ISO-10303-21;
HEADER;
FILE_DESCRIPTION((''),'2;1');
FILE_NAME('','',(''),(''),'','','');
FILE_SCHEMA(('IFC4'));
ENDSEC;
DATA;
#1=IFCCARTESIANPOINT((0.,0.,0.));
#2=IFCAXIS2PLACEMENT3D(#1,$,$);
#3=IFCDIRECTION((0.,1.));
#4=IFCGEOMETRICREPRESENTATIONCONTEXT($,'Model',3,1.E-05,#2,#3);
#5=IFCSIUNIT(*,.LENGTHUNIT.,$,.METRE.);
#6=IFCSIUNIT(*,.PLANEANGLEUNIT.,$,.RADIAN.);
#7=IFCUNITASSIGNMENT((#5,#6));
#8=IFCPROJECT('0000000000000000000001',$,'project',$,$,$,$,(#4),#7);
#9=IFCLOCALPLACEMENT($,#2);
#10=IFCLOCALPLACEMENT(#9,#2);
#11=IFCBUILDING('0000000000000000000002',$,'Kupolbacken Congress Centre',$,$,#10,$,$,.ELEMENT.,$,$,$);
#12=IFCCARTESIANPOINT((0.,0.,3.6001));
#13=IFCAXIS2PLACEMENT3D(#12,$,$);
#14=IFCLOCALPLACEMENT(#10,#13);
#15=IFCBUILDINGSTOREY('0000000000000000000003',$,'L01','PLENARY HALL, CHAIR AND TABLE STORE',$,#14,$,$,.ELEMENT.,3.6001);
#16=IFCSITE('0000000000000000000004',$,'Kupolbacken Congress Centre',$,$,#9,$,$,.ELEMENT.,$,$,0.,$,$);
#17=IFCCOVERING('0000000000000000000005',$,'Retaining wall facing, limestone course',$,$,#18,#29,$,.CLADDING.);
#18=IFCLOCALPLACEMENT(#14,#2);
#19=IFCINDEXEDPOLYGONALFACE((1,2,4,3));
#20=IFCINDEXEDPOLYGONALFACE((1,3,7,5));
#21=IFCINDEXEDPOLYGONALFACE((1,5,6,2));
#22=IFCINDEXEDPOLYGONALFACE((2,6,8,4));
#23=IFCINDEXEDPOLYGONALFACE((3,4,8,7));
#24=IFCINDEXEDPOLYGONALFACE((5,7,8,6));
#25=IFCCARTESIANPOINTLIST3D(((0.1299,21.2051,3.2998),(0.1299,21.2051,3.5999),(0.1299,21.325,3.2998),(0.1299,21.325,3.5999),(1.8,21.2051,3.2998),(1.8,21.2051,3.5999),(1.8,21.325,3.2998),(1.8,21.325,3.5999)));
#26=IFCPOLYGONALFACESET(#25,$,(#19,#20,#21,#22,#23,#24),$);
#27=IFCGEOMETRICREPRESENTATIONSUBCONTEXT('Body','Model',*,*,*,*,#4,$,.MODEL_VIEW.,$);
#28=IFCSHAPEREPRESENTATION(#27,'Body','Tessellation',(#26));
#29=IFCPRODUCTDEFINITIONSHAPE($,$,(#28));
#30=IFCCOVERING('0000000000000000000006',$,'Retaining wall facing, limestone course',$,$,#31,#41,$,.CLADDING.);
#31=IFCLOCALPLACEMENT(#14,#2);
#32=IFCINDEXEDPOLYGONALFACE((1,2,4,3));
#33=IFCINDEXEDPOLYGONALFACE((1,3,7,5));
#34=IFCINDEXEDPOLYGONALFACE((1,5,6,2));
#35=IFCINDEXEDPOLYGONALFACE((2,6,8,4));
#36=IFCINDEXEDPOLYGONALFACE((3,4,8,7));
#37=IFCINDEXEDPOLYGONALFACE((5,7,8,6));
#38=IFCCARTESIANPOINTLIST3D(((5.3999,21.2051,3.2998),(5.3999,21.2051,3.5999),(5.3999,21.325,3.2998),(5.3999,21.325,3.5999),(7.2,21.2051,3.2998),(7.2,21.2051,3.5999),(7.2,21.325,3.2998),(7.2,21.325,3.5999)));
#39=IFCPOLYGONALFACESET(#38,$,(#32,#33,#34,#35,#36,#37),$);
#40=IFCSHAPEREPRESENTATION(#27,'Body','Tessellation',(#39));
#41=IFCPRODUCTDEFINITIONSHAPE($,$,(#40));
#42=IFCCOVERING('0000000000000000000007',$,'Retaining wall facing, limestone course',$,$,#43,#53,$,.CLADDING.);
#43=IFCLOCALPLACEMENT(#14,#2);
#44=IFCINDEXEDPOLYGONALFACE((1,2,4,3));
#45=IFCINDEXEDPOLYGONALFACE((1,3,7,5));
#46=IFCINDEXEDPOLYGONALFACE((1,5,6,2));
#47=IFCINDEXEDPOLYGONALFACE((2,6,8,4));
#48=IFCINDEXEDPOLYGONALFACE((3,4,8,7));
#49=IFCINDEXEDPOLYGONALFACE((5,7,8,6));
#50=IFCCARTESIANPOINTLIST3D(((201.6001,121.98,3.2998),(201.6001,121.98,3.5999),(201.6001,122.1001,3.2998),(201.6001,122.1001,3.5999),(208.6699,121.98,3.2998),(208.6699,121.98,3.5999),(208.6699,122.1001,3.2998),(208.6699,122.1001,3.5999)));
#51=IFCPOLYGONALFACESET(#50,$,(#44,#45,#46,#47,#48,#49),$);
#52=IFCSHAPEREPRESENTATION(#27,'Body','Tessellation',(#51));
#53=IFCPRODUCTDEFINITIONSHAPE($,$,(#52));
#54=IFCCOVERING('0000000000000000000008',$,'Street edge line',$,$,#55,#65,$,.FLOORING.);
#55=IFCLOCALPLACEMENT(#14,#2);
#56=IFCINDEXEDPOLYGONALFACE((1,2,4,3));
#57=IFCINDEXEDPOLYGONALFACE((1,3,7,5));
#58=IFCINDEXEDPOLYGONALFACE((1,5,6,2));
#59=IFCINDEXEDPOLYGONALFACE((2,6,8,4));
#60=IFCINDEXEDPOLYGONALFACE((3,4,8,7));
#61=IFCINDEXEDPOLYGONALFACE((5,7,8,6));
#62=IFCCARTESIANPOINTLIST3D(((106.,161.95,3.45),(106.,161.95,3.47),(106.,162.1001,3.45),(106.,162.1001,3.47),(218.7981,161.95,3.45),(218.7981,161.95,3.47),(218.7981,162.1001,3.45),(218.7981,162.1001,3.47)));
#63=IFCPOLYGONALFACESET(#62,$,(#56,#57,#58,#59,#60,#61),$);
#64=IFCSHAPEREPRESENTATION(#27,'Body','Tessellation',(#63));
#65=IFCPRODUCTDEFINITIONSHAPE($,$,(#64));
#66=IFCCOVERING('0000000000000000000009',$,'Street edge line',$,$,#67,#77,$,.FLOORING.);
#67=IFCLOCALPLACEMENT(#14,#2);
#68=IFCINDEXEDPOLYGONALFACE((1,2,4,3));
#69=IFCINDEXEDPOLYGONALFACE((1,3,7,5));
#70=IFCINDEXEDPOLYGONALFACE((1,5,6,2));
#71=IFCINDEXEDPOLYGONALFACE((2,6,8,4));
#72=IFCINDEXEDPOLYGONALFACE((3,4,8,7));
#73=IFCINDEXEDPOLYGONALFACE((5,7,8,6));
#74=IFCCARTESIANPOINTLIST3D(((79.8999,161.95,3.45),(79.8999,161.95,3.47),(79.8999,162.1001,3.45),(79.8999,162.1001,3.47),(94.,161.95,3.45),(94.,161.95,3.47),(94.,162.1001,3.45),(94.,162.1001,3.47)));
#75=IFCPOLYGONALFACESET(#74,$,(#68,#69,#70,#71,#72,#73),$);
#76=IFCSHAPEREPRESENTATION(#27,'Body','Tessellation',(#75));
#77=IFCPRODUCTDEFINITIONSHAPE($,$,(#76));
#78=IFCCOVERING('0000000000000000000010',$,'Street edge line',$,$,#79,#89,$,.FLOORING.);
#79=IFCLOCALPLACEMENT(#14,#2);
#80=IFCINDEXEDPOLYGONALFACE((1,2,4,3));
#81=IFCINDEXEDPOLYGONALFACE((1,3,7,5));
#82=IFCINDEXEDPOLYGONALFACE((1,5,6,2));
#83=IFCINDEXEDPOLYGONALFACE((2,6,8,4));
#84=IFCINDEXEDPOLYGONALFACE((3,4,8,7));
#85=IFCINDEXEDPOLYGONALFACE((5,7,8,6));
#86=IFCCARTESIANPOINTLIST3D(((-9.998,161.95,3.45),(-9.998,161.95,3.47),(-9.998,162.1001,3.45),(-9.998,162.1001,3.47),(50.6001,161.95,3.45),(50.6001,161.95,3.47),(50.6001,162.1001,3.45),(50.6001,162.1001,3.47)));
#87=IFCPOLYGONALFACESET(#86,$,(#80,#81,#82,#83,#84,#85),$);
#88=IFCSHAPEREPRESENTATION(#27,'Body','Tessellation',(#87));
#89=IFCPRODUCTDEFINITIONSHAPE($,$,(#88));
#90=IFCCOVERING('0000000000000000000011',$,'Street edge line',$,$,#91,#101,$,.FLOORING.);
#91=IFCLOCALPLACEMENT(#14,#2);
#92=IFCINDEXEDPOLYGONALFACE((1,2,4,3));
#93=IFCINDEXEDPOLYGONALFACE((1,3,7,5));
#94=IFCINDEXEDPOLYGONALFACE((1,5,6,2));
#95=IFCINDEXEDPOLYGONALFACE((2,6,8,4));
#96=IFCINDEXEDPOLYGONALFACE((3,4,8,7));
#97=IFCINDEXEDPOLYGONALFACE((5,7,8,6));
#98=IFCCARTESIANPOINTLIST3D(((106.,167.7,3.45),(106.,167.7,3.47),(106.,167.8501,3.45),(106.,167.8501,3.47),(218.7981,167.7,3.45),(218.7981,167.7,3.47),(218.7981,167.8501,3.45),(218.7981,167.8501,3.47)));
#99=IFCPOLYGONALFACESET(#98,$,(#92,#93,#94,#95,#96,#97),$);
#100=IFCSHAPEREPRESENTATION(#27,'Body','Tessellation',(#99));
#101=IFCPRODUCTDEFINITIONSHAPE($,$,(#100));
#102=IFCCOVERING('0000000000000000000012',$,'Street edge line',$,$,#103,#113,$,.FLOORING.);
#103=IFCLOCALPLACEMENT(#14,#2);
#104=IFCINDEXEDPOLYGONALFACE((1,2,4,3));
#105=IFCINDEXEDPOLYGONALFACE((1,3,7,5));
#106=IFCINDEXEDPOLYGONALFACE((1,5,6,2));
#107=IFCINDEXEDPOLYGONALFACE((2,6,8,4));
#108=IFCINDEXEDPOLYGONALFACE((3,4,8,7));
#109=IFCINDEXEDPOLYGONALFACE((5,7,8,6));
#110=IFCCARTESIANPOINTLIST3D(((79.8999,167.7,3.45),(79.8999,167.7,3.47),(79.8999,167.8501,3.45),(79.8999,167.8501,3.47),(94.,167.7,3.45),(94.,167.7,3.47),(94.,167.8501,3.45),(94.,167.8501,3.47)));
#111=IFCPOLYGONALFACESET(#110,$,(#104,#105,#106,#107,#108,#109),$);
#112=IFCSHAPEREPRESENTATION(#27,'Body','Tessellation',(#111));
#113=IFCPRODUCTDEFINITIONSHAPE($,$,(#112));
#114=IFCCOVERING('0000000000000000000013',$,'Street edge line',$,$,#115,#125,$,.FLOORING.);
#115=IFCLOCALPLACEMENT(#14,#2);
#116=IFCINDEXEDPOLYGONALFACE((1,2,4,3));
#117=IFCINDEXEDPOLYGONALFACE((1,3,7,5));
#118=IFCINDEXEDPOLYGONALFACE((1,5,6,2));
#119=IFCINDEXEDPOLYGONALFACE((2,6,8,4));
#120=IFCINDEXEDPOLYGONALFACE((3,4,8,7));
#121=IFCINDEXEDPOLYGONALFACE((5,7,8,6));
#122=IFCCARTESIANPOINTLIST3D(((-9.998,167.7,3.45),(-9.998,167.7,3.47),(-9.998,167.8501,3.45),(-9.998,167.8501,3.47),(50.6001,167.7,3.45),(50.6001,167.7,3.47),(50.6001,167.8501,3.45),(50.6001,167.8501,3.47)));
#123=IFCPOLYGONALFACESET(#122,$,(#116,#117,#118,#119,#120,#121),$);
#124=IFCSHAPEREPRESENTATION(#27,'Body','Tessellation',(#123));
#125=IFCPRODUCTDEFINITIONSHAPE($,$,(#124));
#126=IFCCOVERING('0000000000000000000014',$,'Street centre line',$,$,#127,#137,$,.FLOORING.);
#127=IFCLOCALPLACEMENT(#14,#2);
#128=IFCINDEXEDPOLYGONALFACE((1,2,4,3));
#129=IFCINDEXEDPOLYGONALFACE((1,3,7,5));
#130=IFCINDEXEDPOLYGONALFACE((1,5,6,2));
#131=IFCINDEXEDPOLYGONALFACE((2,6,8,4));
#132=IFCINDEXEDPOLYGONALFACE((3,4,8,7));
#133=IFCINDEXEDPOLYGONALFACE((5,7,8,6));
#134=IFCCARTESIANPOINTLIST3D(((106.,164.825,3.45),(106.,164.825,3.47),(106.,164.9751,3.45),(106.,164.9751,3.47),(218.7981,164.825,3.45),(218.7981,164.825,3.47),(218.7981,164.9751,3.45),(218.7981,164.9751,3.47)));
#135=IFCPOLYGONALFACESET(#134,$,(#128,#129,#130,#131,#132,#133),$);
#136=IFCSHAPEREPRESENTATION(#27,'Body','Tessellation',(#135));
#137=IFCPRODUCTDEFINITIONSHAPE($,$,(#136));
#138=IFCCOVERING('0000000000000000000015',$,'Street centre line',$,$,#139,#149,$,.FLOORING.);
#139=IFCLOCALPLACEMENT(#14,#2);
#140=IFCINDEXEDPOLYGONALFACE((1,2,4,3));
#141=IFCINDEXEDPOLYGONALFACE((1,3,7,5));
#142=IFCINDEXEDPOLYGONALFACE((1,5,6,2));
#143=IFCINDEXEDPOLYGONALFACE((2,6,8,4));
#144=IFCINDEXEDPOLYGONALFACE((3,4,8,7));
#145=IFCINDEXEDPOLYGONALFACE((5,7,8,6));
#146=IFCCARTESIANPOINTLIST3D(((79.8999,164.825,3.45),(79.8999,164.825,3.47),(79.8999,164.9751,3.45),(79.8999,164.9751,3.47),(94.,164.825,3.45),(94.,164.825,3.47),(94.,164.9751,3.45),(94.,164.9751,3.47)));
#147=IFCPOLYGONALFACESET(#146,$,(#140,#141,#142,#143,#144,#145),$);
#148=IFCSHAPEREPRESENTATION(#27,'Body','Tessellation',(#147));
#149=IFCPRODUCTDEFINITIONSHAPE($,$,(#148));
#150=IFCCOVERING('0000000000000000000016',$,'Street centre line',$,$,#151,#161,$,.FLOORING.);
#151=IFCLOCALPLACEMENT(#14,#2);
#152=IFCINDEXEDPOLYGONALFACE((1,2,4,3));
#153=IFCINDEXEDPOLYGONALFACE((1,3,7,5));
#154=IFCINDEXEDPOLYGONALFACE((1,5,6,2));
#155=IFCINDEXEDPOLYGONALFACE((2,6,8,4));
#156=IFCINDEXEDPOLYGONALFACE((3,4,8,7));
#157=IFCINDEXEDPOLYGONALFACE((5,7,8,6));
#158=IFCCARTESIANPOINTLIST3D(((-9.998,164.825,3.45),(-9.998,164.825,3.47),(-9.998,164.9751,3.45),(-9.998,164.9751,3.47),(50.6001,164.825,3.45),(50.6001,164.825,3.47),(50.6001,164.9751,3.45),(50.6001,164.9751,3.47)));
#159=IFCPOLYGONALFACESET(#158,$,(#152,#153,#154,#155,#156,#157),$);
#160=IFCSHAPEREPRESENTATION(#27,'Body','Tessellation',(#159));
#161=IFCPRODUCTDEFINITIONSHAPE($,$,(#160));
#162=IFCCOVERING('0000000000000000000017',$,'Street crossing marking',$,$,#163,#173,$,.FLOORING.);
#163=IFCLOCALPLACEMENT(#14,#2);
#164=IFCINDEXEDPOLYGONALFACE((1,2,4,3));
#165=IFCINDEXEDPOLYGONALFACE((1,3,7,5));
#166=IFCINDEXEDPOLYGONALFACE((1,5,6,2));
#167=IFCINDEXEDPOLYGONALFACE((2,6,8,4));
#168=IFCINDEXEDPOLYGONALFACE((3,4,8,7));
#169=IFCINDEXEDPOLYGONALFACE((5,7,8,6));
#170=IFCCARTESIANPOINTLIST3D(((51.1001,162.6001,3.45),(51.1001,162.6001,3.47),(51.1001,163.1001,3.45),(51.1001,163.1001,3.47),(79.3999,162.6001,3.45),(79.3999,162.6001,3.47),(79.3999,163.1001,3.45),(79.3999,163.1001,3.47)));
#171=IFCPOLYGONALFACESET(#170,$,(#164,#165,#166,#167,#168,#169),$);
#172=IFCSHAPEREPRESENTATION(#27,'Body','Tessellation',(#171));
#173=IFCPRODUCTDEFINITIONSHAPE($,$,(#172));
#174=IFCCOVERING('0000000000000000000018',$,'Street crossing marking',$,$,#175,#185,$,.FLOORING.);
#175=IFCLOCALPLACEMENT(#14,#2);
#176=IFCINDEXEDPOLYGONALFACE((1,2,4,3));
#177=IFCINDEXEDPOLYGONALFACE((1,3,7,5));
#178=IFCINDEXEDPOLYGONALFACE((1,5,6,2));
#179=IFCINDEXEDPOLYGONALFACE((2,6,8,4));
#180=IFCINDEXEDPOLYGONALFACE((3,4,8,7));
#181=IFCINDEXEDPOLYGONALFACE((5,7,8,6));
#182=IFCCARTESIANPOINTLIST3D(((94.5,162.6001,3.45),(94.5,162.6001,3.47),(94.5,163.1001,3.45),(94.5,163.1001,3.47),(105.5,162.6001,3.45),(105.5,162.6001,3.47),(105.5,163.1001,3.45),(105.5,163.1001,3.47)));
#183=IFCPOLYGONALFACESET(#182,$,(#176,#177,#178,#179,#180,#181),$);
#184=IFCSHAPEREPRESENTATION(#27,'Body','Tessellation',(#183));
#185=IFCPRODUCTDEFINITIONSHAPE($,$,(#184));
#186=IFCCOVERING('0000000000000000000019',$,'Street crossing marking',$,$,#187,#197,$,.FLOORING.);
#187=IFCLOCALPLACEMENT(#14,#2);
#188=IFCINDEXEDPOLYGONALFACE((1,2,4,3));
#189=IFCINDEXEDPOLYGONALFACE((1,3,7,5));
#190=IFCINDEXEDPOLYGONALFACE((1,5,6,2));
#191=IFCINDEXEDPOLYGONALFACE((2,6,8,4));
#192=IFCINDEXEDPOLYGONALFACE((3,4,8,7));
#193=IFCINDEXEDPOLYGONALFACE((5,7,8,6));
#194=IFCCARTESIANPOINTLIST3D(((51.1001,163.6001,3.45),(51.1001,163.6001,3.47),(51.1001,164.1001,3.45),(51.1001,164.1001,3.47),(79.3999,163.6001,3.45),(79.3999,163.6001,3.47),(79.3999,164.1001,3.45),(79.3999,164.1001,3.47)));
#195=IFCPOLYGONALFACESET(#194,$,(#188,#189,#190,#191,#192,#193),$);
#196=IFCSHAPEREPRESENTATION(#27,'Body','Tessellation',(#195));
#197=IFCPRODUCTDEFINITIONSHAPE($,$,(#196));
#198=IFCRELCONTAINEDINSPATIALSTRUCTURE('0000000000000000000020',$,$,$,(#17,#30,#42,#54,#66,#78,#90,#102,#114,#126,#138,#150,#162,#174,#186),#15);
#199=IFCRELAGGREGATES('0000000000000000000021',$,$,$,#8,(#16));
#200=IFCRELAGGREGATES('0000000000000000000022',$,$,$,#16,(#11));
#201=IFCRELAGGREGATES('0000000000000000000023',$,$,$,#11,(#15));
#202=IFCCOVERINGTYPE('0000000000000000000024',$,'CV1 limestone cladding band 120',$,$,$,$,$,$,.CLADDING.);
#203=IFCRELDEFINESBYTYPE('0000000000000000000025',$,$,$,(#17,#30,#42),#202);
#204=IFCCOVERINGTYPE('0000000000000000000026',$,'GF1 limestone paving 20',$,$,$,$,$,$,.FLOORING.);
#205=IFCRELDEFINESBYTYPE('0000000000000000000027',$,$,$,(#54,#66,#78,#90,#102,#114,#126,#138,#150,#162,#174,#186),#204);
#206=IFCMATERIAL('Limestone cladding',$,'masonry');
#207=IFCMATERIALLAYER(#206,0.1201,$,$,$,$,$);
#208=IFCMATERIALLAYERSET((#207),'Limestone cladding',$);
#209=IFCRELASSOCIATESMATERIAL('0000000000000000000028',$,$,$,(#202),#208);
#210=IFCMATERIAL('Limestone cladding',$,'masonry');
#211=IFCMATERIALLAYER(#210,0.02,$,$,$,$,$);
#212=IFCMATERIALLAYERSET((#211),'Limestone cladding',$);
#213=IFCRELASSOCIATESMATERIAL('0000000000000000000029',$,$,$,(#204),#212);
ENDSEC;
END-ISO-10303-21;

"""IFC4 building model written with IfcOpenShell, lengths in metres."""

from ifc_helpers import new_model, si_unit, direction, frame, origin, place, context, subcontext, project, spatial, polyline, outline, extrude, material, layer, layer_set, type_object, element, save


model = new_model("IFC4")

# Units and contexts
model_context = context("Model", 3, precision=1e-05, world=origin(), true_north=direction((0.0, 1.0)))
body_context = subcontext(model_context, "Body", "Model", "MODEL_VIEW")
ifc_project = project(units=[si_unit("LENGTHUNIT", "METRE"), si_unit("PLANEANGLEUNIT", "RADIAN")], contexts=[model_context])

# Site, building, storey
site_placement = place(None, origin())
site = spatial("IfcSite", under=ifc_project, at=site_placement, Name="Kupolbacken Congress Centre", CompositionType="ELEMENT", RefElevation=0.0)
building_placement = place(site_placement, origin())
building = spatial("IfcBuilding", under=site, at=building_placement, Name="Kupolbacken Congress Centre", CompositionType="ELEMENT")
storey_placement = place(building_placement, frame((0.0, 0.0, 3.6001)))
storey = spatial("IfcBuildingStorey", under=building, at=storey_placement, Name="L01", Description="PLENARY HALL, CHAIR AND TABLE STORE", CompositionType="ELEMENT", Elevation=3.6001)

# Coverings
ifc_material_1 = material(Name="Limestone cladding", Category="masonry")
ifc_layer_1 = layer(ifc_material_1, 0.1201)
ifc_layer_set_1 = layer_set([ifc_layer_1], Name="Limestone cladding")
covering_type_1 = type_object("IfcCoveringType", Name="CV1 limestone cladding band 120", PredefinedType="CLADDING", material=ifc_layer_set_1)
covering_1_placement = place(storey_placement, frame((0.0, 0.0, 3.2998)))
element("IfcCovering", 1, at=covering_1_placement, inside=storey, type_object=covering_type_1, Name="Retaining wall facing, limestone course", PredefinedType="CLADDING", context=body_context, shape_type="SweptSolid", body=[
    extrude(outline(polyline([(0.1299, 21.2051), (0.1299, 21.325), (1.8, 21.325), (1.8, 21.2051), (0.1299, 21.2051)])), origin(), (0.0, 0.0, 1.0), 0.3),
])
covering_2_placement = place(storey_placement, frame((0.0, 0.0, 3.2998)))
element("IfcCovering", 2, at=covering_2_placement, inside=storey, type_object=covering_type_1, Name="Retaining wall facing, limestone course", PredefinedType="CLADDING", context=body_context, shape_type="SweptSolid", body=[
    extrude(outline(polyline([(5.3999, 21.2051), (5.3999, 21.325), (7.2, 21.325), (7.2, 21.2051), (5.3999, 21.2051)])), origin(), (0.0, 0.0, 1.0), 0.3),
])
covering_3_placement = place(storey_placement, frame((0.0, 0.0, 3.2998)))
element("IfcCovering", 3, at=covering_3_placement, inside=storey, type_object=covering_type_1, Name="Retaining wall facing, limestone course", PredefinedType="CLADDING", context=body_context, shape_type="SweptSolid", body=[
    extrude(outline(polyline([(201.6001, 121.98), (201.6001, 122.1001), (208.6699, 122.1001), (208.6699, 121.98), (201.6001, 121.98)])), origin(), (0.0, 0.0, 1.0), 0.3),
])
ifc_material_2 = material(Name="Limestone cladding", Category="masonry")
ifc_layer_2 = layer(ifc_material_2, 0.02)
ifc_layer_set_2 = layer_set([ifc_layer_2], Name="Limestone cladding")
covering_type_2 = type_object("IfcCoveringType", Name="GF1 limestone paving 20", PredefinedType="FLOORING", material=ifc_layer_set_2)
covering_4_placement = place(storey_placement, frame((0.0, 0.0, 3.45)))
element("IfcCovering", 4, at=covering_4_placement, inside=storey, type_object=covering_type_2, Name="Street edge line", PredefinedType="FLOORING", context=body_context, shape_type="SweptSolid", body=[
    extrude(outline(polyline([(218.7981, 161.95), (106.0, 161.95), (106.0, 162.1001), (218.7981, 162.1001), (218.7981, 161.95)])), origin(), (0.0, 0.0, 1.0), 0.02),
])
covering_5_placement = place(storey_placement, frame((0.0, 0.0, 3.45)))
element("IfcCovering", 5, at=covering_5_placement, inside=storey, type_object=covering_type_2, Name="Street edge line", PredefinedType="FLOORING", context=body_context, shape_type="SweptSolid", body=[
    extrude(outline(polyline([(79.8999, 161.95), (79.8999, 162.1001), (94.0, 162.1001), (94.0, 161.95), (79.8999, 161.95)])), origin(), (0.0, 0.0, 1.0), 0.02),
])
covering_6_placement = place(storey_placement, frame((0.0, 0.0, 3.45)))
element("IfcCovering", 6, at=covering_6_placement, inside=storey, type_object=covering_type_2, Name="Street edge line", PredefinedType="FLOORING", context=body_context, shape_type="SweptSolid", body=[
    extrude(outline(polyline([(-9.998, 161.95), (-9.998, 162.1001), (50.6001, 162.1001), (50.6001, 161.95), (-9.998, 161.95)])), origin(), (0.0, 0.0, 1.0), 0.02),
])
covering_7_placement = place(storey_placement, frame((0.0, 0.0, 3.45)))
element("IfcCovering", 7, at=covering_7_placement, inside=storey, type_object=covering_type_2, Name="Street edge line", PredefinedType="FLOORING", context=body_context, shape_type="SweptSolid", body=[
    extrude(outline(polyline([(218.7981, 167.7), (106.0, 167.7), (106.0, 167.8501), (218.7981, 167.8501), (218.7981, 167.7)])), origin(), (0.0, 0.0, 1.0), 0.02),
])
covering_8_placement = place(storey_placement, frame((0.0, 0.0, 3.45)))
element("IfcCovering", 8, at=covering_8_placement, inside=storey, type_object=covering_type_2, Name="Street edge line", PredefinedType="FLOORING", context=body_context, shape_type="SweptSolid", body=[
    extrude(outline(polyline([(79.8999, 167.7), (79.8999, 167.8501), (94.0, 167.8501), (94.0, 167.7), (79.8999, 167.7)])), origin(), (0.0, 0.0, 1.0), 0.02),
])
covering_9_placement = place(storey_placement, frame((0.0, 0.0, 3.45)))
element("IfcCovering", 9, at=covering_9_placement, inside=storey, type_object=covering_type_2, Name="Street edge line", PredefinedType="FLOORING", context=body_context, shape_type="SweptSolid", body=[
    extrude(outline(polyline([(-9.998, 167.7), (-9.998, 167.8501), (50.6001, 167.8501), (50.6001, 167.7), (-9.998, 167.7)])), origin(), (0.0, 0.0, 1.0), 0.02),
])
covering_10_placement = place(storey_placement, frame((0.0, 0.0, 3.45)))
element("IfcCovering", 10, at=covering_10_placement, inside=storey, type_object=covering_type_2, Name="Street centre line", PredefinedType="FLOORING", context=body_context, shape_type="SweptSolid", body=[
    extrude(outline(polyline([(218.7981, 164.825), (106.0, 164.825), (106.0, 164.9751), (218.7981, 164.9751), (218.7981, 164.825)])), origin(), (0.0, 0.0, 1.0), 0.02),
])
covering_11_placement = place(storey_placement, frame((0.0, 0.0, 3.45)))
element("IfcCovering", 11, at=covering_11_placement, inside=storey, type_object=covering_type_2, Name="Street centre line", PredefinedType="FLOORING", context=body_context, shape_type="SweptSolid", body=[
    extrude(outline(polyline([(79.8999, 164.825), (79.8999, 164.9751), (94.0, 164.9751), (94.0, 164.825), (79.8999, 164.825)])), origin(), (0.0, 0.0, 1.0), 0.02),
])
covering_12_placement = place(storey_placement, frame((0.0, 0.0, 3.45)))
element("IfcCovering", 12, at=covering_12_placement, inside=storey, type_object=covering_type_2, Name="Street centre line", PredefinedType="FLOORING", context=body_context, shape_type="SweptSolid", body=[
    extrude(outline(polyline([(-9.998, 164.825), (-9.998, 164.9751), (50.6001, 164.9751), (50.6001, 164.825), (-9.998, 164.825)])), origin(), (0.0, 0.0, 1.0), 0.02),
])
covering_13_placement = place(storey_placement, frame((0.0, 0.0, 3.45)))
element("IfcCovering", 13, at=covering_13_placement, inside=storey, type_object=covering_type_2, Name="Street crossing marking", PredefinedType="FLOORING", context=body_context, shape_type="SweptSolid", body=[
    extrude(outline(polyline([(79.3999, 162.6001), (51.1001, 162.6001), (51.1001, 163.1001), (79.3999, 163.1001), (79.3999, 162.6001)])), origin(), (0.0, 0.0, 1.0), 0.02),
])
covering_14_placement = place(storey_placement, frame((0.0, 0.0, 3.45)))
element("IfcCovering", 14, at=covering_14_placement, inside=storey, type_object=covering_type_2, Name="Street crossing marking", PredefinedType="FLOORING", context=body_context, shape_type="SweptSolid", body=[
    extrude(outline(polyline([(105.5, 162.6001), (94.5, 162.6001), (94.5, 163.1001), (105.5, 163.1001), (105.5, 162.6001)])), origin(), (0.0, 0.0, 1.0), 0.02),
])
covering_15_placement = place(storey_placement, frame((0.0, 0.0, 3.45)))
element("IfcCovering", 15, at=covering_15_placement, inside=storey, type_object=covering_type_2, Name="Street crossing marking", PredefinedType="FLOORING", context=body_context, shape_type="SweptSolid", body=[
    extrude(outline(polyline([(79.3999, 163.6001), (51.1001, 163.6001), (51.1001, 164.1001), (79.3999, 164.1001), (79.3999, 163.6001)])), origin(), (0.0, 0.0, 1.0), 0.02),
])

save(model, "model.ifc")
